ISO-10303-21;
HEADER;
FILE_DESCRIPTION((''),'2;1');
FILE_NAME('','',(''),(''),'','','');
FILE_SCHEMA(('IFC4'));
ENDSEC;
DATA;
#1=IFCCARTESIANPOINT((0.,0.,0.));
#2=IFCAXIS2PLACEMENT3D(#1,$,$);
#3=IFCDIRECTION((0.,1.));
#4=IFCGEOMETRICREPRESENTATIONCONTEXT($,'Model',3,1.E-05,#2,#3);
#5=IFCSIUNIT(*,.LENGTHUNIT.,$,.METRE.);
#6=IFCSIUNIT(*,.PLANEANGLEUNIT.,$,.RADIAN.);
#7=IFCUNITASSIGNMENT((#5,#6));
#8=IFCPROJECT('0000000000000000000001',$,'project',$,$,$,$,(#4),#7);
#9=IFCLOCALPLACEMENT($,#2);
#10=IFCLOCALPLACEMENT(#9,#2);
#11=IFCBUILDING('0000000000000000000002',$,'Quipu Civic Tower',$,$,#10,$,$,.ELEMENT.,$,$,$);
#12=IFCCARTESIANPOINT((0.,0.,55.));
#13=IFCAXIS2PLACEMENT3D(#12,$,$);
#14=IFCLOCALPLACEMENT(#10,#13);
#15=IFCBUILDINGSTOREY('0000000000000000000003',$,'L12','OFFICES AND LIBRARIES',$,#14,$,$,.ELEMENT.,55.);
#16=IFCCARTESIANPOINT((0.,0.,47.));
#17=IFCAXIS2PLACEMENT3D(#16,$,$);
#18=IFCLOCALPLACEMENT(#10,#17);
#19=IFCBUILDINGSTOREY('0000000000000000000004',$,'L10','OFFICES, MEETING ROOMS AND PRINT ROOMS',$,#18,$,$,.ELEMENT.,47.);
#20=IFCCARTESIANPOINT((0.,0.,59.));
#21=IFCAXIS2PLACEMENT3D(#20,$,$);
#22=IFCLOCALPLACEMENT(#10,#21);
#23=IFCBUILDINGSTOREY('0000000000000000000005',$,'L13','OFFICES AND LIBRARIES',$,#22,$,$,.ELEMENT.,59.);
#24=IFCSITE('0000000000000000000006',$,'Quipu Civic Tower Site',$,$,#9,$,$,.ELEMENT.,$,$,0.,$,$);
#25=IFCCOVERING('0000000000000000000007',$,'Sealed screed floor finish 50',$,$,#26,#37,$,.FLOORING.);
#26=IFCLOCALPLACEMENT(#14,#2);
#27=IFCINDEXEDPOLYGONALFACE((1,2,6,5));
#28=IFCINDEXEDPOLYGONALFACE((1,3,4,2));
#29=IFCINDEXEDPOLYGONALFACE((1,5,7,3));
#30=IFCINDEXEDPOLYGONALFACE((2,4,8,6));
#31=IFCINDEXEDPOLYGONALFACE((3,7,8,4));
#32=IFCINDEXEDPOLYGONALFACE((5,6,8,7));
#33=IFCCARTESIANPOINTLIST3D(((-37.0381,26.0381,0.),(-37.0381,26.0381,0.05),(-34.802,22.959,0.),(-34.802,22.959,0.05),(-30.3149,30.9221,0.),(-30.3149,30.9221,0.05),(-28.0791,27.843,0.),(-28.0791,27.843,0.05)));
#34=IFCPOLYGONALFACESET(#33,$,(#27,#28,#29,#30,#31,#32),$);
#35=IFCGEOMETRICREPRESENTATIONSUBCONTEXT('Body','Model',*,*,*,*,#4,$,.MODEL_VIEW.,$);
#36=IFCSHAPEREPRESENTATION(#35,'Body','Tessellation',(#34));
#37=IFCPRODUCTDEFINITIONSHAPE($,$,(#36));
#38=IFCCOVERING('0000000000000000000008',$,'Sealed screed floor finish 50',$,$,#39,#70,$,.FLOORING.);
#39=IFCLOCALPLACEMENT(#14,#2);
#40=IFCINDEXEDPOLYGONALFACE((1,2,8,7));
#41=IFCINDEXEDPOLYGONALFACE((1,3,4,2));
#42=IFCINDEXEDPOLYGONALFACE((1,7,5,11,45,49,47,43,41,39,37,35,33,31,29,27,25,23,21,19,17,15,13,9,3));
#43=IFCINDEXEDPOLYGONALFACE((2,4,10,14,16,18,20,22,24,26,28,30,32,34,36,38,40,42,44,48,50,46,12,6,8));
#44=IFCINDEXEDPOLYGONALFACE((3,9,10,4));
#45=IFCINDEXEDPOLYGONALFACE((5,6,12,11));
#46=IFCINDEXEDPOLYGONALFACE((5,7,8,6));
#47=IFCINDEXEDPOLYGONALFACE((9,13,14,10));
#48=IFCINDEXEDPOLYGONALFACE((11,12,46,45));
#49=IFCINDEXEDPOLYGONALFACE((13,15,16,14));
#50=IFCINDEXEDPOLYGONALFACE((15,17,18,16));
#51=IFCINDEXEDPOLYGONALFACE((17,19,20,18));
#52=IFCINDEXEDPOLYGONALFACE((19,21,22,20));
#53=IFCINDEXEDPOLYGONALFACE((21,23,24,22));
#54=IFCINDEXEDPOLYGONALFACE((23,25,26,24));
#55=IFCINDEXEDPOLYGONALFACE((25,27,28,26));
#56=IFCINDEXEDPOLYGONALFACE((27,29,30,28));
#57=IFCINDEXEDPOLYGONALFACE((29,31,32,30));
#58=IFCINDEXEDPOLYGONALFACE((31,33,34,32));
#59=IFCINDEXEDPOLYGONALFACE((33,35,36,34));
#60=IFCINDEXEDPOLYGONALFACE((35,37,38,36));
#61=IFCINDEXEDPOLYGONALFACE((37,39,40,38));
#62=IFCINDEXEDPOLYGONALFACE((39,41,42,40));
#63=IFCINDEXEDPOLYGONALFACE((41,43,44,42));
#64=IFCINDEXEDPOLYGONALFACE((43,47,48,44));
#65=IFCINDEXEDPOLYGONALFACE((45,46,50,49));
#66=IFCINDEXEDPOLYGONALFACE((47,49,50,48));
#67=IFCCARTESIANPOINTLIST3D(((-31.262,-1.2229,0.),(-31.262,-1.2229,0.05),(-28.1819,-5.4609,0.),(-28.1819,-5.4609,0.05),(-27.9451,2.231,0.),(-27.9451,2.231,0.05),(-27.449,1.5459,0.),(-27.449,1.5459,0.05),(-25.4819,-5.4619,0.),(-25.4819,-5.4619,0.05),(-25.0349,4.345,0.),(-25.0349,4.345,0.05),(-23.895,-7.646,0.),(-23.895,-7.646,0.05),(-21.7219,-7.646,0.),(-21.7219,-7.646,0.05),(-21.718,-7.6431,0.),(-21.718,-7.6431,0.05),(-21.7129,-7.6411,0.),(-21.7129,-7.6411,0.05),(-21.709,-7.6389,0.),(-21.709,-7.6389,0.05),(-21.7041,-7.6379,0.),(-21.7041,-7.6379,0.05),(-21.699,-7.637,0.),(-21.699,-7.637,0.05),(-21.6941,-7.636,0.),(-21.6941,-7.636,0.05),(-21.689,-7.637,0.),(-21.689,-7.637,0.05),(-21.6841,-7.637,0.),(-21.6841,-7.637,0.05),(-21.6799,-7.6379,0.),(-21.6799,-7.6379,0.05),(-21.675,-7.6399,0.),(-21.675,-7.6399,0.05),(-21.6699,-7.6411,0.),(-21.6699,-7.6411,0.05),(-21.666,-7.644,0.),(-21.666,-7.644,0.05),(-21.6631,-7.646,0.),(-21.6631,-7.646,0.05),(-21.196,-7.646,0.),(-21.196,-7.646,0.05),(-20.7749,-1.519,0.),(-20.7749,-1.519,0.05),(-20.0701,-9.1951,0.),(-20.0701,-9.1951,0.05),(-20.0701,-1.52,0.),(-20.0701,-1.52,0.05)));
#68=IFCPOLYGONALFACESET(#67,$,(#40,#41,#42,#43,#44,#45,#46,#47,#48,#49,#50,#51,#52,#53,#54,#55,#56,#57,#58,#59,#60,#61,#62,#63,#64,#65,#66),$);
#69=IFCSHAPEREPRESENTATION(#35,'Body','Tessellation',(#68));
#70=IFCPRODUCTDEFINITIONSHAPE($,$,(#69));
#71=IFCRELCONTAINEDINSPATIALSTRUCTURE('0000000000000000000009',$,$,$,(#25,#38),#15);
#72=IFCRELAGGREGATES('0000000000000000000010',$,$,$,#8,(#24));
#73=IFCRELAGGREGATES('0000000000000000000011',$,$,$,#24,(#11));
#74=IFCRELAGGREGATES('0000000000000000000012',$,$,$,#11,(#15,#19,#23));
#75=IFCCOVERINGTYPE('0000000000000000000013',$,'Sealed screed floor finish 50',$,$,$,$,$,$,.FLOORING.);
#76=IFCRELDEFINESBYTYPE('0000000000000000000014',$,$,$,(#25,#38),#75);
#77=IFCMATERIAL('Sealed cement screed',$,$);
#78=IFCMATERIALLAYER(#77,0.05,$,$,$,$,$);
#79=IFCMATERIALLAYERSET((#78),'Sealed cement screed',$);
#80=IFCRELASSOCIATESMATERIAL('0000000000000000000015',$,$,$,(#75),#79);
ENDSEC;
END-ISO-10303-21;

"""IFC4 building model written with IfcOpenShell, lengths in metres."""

from ifc_helpers import new_model, si_unit, direction, frame, origin, place, context, subcontext, project, spatial, polyline, outline, extrude, material, layer, layer_set, type_object, element, save


model = new_model("IFC4")

# Units and contexts
model_context = context("Model", 3, precision=1e-05, world=origin(), true_north=direction((0.0, 1.0)))
body_context = subcontext(model_context, "Body", "Model", "MODEL_VIEW")
ifc_project = project(units=[si_unit("LENGTHUNIT", "METRE"), si_unit("PLANEANGLEUNIT", "RADIAN")], contexts=[model_context])

# Site, building, storey
site_placement = place(None, origin())
site = spatial("IfcSite", under=ifc_project, at=site_placement, Name="Quipu Civic Tower Site", CompositionType="ELEMENT", RefElevation=0.0)
building_placement = place(site_placement, origin())
building = spatial("IfcBuilding", under=site, at=building_placement, Name="Quipu Civic Tower", CompositionType="ELEMENT")
storey_1_placement = place(building_placement, frame((0.0, 0.0, 55.0)))
storey_1 = spatial("IfcBuildingStorey", under=building, at=storey_1_placement, Name="L12", Description="OFFICES AND LIBRARIES", CompositionType="ELEMENT", Elevation=55.0)

# Shared definitions
storey_2_placement = place(building_placement, frame((0.0, 0.0, 47.0)))
storey_2 = spatial("IfcBuildingStorey", under=building, at=storey_2_placement, Name="L10", Description="OFFICES, MEETING ROOMS AND PRINT ROOMS", CompositionType="ELEMENT", Elevation=47.0)

# Shared definitions
storey_3_placement = place(building_placement, frame((0.0, 0.0, 59.0)))
storey_3 = spatial("IfcBuildingStorey", under=building, at=storey_3_placement, Name="L13", Description="OFFICES AND LIBRARIES", CompositionType="ELEMENT", Elevation=59.0)

# Coverings
ifc_material_1 = material(Name="Sealed cement screed")
ifc_layer_1 = layer(ifc_material_1, 0.05)
ifc_layer_set_1 = layer_set([ifc_layer_1], Name="Sealed cement screed")
covering_type_1 = type_object("IfcCoveringType", Name="Sealed screed floor finish 50", PredefinedType="FLOORING", material=ifc_layer_set_1)
covering_1_placement = place(storey_1_placement, origin())
element("IfcCovering", 1, at=covering_1_placement, inside=storey_1, type_object=covering_type_1, Name="Sealed screed floor finish 50", PredefinedType="FLOORING", context=body_context, shape_type="SweptSolid", body=[
    extrude(outline(polyline([(-37.0381, 26.0381), (-30.3149, 30.9221), (-28.0791, 27.843), (-34.802, 22.959), (-37.0381, 26.0381)])), origin(), (0.0, 0.0, 1.0), 0.05),
])
covering_2_placement = place(storey_1_placement, origin())
element("IfcCovering", 2, at=covering_2_placement, inside=storey_1, type_object=covering_type_1, Name="Sealed screed floor finish 50", PredefinedType="FLOORING", context=body_context, shape_type="SweptSolid", body=[
    extrude(outline(polyline([(-31.262, -1.2229), (-27.449, 1.5459), (-27.9451, 2.231), (-25.0349, 4.345), (-20.7749, -1.519), (-20.0701, -1.52), (-20.0701, -9.1951), (-21.196, -7.646), (-21.6631, -7.646), (-21.666, -7.644), (-21.6699, -7.6411), (-21.675, -7.6399), (-21.6799, -7.6379), (-21.6841, -7.637), (-21.689, -7.637), (-21.6941, -7.636), (-21.699, -7.637), (-21.7041, -7.6379), (-21.709, -7.6389), (-21.7129, -7.6411), (-21.718, -7.6431), (-21.7219, -7.646), (-21.7219, -7.646), (-23.895, -7.646), (-25.4819, -5.4619), (-28.1819, -5.4609), (-31.262, -1.2229)])), origin(), (0.0, 0.0, 1.0), 0.05),
])

save(model, "model.ifc")
